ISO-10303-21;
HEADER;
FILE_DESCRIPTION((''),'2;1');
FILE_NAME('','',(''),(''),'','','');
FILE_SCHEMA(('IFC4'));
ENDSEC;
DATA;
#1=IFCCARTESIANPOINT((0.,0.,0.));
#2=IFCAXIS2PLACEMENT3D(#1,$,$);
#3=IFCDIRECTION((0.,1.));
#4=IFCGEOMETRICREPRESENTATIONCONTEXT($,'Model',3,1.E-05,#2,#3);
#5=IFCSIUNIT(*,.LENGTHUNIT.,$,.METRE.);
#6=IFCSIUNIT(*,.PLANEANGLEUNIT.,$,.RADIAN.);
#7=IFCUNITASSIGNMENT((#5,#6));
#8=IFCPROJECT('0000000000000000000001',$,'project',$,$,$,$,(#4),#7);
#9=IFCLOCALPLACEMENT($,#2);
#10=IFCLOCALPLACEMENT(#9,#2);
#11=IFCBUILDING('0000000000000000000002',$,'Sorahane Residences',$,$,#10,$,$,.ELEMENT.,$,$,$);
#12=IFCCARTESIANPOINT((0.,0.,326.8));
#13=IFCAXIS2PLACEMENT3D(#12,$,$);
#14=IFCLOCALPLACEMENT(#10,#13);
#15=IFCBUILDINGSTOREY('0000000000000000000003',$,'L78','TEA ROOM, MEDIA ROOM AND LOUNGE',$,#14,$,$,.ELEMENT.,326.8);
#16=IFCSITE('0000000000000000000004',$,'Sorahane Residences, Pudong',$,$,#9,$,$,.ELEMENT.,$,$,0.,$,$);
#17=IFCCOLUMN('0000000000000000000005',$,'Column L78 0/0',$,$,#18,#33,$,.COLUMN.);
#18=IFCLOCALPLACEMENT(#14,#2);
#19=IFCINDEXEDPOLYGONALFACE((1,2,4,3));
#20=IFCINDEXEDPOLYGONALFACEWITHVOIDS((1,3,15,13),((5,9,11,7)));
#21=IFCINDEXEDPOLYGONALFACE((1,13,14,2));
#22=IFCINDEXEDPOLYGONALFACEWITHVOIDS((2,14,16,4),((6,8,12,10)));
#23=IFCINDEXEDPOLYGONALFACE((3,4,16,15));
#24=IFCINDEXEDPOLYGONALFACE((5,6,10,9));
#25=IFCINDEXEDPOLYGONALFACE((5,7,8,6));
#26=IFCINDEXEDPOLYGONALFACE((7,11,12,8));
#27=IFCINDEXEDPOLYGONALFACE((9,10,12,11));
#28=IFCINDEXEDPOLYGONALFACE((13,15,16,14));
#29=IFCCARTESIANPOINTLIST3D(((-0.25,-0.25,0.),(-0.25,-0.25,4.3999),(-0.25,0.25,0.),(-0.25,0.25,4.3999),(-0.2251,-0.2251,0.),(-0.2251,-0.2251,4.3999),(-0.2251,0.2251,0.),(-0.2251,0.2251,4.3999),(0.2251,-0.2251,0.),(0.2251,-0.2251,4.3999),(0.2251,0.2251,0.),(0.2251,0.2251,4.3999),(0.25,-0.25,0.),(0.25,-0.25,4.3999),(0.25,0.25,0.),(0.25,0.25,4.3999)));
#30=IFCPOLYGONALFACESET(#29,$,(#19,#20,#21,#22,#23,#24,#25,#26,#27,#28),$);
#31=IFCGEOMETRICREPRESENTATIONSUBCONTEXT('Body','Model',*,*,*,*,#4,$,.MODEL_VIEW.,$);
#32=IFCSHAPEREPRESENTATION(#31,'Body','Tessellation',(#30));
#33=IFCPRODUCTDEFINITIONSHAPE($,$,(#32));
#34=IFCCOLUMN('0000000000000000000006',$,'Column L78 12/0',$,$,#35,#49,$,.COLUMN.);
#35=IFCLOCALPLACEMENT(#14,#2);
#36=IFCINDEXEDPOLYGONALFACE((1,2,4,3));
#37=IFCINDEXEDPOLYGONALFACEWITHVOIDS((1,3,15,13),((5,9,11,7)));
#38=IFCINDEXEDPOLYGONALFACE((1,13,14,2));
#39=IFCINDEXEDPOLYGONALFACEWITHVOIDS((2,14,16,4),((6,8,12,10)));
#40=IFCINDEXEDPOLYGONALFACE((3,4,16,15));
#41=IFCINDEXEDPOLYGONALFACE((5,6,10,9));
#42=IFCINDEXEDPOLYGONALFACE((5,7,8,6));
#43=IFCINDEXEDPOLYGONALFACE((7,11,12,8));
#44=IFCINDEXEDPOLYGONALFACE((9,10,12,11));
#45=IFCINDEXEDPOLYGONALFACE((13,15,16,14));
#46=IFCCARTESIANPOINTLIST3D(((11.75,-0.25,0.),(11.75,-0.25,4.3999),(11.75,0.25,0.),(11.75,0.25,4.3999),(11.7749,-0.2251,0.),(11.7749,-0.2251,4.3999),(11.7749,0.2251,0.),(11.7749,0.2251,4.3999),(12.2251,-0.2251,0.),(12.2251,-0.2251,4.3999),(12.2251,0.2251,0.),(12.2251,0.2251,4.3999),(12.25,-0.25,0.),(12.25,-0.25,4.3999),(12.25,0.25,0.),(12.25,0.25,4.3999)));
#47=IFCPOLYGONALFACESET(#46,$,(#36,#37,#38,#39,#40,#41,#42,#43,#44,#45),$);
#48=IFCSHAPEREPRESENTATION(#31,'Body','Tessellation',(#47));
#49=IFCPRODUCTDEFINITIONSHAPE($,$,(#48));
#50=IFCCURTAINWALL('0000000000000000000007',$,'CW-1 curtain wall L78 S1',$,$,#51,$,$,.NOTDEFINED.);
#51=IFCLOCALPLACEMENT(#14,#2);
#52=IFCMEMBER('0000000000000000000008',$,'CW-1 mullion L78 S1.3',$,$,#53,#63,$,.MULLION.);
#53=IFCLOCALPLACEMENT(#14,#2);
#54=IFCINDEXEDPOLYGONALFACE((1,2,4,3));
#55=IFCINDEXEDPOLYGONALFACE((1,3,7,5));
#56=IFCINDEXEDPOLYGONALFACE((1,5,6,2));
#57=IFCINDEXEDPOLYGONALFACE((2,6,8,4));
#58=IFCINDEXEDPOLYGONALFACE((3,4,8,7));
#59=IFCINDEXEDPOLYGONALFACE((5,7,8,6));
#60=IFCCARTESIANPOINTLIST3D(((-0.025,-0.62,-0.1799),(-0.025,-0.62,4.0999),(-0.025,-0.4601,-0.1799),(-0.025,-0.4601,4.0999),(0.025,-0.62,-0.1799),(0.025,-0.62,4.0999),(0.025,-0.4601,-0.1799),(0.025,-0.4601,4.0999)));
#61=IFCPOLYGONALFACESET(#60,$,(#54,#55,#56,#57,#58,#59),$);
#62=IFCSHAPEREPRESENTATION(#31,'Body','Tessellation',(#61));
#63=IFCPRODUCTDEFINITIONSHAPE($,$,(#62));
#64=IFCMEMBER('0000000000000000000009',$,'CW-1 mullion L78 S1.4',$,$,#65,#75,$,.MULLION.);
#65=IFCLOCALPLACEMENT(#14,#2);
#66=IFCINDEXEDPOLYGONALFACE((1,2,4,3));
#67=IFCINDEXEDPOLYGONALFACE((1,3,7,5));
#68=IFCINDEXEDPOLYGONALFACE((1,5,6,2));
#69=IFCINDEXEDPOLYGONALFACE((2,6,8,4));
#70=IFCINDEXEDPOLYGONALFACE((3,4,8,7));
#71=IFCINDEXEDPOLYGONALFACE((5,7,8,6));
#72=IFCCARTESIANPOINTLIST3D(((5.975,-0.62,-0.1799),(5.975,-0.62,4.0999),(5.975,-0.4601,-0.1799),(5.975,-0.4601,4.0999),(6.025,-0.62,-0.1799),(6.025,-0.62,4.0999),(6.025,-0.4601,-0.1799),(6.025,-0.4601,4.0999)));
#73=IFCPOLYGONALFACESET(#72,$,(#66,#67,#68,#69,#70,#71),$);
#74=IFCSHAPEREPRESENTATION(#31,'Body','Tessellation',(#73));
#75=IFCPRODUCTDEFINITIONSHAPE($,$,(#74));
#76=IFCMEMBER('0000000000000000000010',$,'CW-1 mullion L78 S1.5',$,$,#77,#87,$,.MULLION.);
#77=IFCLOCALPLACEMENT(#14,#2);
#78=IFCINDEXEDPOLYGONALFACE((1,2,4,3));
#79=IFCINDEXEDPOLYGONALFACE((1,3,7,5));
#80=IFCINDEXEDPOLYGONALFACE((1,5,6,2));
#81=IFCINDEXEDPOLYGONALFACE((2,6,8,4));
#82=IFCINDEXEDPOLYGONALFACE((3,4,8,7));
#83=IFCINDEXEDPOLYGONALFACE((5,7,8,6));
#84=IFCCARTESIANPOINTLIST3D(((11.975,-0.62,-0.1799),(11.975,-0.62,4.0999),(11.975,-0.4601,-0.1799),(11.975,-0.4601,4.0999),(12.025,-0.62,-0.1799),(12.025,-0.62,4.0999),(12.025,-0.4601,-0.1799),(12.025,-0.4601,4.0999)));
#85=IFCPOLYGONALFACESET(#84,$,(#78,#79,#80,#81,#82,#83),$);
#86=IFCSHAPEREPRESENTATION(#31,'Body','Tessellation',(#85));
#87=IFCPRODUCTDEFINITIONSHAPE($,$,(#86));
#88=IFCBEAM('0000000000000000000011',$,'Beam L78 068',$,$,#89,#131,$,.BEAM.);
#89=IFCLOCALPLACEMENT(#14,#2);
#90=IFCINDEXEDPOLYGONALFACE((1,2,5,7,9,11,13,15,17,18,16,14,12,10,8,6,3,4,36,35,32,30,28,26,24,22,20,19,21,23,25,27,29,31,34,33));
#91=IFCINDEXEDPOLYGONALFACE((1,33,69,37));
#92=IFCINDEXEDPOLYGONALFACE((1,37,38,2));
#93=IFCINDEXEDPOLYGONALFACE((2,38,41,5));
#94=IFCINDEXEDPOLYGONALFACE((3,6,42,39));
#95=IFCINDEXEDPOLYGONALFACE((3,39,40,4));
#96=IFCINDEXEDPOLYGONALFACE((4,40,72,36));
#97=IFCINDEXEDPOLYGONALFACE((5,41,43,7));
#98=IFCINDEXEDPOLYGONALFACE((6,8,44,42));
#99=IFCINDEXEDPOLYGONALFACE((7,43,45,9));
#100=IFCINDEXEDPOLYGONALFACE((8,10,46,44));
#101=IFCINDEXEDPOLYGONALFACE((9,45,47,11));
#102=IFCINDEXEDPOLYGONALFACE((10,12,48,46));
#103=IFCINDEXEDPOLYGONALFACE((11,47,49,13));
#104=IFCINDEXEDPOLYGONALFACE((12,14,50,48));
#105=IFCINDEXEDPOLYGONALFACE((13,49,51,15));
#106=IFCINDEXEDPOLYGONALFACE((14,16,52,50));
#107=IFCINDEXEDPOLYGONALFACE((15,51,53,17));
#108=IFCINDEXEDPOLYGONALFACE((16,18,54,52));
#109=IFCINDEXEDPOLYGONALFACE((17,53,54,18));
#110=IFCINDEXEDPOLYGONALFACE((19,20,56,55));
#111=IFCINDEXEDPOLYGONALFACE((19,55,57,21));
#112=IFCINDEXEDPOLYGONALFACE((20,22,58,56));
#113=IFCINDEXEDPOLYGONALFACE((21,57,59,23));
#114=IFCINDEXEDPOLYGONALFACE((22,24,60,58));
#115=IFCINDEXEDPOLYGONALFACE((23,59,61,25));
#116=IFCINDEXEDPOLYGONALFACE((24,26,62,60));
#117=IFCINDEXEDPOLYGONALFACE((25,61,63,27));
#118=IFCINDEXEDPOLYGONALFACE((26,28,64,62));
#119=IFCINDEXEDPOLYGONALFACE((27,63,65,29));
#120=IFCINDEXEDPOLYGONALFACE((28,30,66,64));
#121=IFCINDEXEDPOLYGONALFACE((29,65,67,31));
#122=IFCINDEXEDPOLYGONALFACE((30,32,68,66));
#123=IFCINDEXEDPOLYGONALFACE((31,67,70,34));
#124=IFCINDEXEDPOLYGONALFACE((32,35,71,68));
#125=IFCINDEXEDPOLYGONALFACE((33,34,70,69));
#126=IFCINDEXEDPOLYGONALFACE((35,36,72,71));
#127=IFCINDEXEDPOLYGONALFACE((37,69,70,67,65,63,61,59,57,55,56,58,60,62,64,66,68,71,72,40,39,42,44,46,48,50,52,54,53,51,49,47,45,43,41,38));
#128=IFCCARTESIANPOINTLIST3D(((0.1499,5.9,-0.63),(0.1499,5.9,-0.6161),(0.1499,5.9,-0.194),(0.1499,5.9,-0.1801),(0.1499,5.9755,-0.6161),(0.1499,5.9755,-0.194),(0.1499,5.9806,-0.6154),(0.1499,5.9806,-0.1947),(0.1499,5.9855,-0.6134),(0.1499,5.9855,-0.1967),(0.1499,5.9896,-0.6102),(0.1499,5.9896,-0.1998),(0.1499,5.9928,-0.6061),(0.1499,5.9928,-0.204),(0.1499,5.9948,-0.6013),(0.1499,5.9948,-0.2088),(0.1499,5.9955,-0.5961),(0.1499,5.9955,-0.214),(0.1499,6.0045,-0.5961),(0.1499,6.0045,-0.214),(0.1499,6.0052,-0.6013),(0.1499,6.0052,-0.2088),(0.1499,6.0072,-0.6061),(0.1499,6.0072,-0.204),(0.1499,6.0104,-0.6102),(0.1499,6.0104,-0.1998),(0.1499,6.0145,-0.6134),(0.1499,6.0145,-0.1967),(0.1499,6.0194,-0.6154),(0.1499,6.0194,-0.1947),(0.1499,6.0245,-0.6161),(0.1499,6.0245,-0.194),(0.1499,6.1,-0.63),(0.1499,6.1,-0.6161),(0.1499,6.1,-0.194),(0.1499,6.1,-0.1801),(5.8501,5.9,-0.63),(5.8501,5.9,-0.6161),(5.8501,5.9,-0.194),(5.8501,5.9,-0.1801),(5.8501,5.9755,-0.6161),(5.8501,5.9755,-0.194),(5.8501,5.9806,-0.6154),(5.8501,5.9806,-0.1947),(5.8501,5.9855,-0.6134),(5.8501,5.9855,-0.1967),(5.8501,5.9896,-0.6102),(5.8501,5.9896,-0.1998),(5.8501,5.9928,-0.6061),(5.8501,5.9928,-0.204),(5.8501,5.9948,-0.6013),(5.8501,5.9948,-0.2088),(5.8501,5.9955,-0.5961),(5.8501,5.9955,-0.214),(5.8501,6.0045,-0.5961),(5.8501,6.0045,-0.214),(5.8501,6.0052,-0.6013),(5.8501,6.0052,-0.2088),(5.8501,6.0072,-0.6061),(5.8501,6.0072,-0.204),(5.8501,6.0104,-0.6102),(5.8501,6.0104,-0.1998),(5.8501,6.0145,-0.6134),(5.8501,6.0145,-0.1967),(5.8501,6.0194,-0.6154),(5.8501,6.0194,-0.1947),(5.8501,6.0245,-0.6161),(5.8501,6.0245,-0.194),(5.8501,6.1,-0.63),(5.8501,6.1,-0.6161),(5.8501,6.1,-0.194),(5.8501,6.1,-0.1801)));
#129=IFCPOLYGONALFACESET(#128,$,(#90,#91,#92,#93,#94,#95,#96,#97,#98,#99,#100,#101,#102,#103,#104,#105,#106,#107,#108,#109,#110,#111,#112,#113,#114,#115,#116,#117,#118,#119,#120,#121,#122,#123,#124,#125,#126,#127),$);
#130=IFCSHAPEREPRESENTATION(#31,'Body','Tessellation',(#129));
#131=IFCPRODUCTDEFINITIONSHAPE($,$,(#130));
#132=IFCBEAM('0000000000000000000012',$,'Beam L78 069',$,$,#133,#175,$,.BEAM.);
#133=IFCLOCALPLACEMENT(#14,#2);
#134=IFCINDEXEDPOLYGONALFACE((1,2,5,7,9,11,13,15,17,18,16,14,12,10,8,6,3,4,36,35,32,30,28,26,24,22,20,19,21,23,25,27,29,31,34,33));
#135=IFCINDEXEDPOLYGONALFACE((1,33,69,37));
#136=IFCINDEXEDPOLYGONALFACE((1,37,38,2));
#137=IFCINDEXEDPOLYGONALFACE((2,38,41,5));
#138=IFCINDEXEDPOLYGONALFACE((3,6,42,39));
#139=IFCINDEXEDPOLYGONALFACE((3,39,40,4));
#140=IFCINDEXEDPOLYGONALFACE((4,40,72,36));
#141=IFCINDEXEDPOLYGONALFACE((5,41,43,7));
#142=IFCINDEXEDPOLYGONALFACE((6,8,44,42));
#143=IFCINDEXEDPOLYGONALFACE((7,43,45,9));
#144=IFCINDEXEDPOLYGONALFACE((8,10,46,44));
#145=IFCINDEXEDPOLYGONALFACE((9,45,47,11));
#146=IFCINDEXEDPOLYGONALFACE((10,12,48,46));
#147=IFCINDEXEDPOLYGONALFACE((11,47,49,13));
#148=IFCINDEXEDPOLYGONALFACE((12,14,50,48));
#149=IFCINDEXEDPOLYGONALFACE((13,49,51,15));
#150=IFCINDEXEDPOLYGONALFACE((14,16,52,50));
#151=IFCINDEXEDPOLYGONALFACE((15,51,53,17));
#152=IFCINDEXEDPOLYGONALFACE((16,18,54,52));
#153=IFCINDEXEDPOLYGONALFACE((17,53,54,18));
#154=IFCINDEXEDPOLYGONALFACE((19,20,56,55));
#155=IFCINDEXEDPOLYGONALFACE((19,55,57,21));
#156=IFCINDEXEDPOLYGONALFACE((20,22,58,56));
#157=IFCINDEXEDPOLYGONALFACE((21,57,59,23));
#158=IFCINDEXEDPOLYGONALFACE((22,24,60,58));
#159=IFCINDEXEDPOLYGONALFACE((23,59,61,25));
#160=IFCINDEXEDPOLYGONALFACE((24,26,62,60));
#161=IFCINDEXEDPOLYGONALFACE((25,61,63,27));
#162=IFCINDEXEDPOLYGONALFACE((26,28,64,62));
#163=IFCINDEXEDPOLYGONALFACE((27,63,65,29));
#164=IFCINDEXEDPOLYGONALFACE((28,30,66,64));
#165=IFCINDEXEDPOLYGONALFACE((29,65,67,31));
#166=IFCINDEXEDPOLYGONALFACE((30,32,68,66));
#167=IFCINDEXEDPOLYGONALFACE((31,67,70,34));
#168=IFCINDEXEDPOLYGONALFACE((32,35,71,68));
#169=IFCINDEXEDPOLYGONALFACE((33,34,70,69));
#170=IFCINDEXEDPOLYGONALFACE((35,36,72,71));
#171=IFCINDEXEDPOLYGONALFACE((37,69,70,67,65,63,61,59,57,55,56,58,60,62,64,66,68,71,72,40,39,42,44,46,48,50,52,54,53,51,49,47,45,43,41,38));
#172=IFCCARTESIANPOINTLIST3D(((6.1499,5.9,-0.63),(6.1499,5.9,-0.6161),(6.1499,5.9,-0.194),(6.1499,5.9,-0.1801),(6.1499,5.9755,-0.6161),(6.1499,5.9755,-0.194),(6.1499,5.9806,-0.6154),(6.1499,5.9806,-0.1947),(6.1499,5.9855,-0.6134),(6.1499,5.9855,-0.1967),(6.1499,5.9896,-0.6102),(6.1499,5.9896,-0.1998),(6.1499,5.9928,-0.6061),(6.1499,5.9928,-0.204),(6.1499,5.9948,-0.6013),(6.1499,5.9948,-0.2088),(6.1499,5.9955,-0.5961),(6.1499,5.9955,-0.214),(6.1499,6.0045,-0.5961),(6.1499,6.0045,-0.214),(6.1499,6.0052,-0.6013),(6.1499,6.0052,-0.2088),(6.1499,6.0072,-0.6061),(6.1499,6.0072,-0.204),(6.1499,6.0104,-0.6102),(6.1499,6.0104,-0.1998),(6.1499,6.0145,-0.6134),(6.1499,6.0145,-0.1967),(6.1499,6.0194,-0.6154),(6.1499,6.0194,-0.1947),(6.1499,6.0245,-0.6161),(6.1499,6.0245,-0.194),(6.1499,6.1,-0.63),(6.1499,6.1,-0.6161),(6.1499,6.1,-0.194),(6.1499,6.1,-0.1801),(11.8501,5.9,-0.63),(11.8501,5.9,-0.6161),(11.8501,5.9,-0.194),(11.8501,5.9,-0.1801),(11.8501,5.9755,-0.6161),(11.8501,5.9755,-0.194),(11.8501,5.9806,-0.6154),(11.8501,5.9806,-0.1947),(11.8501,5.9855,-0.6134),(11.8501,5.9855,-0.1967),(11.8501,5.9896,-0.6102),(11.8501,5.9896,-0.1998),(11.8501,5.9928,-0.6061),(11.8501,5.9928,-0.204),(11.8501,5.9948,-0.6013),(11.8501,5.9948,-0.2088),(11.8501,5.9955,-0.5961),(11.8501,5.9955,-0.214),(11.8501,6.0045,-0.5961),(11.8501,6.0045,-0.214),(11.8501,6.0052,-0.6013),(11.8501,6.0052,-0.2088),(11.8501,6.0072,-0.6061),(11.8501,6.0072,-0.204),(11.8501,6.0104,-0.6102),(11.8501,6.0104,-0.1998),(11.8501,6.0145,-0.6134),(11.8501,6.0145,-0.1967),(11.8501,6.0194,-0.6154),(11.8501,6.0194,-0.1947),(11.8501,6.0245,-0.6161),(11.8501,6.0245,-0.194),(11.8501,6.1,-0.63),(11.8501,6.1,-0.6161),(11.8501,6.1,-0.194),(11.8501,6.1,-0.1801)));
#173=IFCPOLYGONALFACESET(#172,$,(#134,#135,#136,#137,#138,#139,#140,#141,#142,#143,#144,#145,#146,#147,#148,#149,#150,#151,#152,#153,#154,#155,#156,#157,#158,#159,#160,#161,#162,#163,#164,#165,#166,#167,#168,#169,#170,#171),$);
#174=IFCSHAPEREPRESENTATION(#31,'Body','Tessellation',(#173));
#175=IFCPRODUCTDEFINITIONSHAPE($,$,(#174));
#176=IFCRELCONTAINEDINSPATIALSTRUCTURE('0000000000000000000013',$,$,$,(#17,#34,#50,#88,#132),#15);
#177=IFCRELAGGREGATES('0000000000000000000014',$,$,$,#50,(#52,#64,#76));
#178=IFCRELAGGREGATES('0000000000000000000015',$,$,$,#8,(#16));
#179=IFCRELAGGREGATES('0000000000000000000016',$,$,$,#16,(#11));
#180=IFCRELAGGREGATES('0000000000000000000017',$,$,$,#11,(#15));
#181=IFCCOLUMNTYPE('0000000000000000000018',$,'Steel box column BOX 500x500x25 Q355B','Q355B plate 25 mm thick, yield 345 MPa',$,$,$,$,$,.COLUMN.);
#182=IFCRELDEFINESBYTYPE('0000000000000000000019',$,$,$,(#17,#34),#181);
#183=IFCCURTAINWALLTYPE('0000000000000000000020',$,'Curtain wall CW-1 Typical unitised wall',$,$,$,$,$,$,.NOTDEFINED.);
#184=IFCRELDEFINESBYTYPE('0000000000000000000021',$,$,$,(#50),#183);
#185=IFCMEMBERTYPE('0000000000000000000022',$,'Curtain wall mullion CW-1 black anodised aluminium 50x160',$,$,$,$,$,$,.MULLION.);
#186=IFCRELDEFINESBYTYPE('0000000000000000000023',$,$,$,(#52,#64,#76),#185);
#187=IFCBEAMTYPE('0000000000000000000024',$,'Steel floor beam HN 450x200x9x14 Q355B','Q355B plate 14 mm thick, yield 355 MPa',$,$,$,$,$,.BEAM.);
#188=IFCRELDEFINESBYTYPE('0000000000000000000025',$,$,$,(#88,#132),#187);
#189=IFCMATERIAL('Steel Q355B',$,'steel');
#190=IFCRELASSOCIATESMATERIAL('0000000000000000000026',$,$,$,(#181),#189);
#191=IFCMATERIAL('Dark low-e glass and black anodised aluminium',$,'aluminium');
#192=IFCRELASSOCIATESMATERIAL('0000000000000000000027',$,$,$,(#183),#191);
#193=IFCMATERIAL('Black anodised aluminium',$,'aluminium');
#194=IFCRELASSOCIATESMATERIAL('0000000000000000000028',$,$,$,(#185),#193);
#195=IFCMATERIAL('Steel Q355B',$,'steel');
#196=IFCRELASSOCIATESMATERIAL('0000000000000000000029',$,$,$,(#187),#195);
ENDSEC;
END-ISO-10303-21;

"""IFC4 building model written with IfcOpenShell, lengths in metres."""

from ifc_helpers import new_model, si_unit, direction, frame, origin, origin_2d, place, context, subcontext, project, spatial, rectangle, hollow_rectangle, i_section, extrude, material, material_profile, profile_set, type_object, element, aggregate, save


model = new_model("IFC4")

# Units and contexts
model_context = context("Model", 3, precision=1e-05, world=origin(), true_north=direction((0.0, 1.0)))
body_context = subcontext(model_context, "Body", "Model", "MODEL_VIEW")
ifc_project = project(units=[si_unit("LENGTHUNIT", "METRE"), si_unit("PLANEANGLEUNIT", "RADIAN")], contexts=[model_context])

# Site, building, storey
site_placement = place(None, origin())
site = spatial("IfcSite", under=ifc_project, at=site_placement, Name="Sorahane Residences, Pudong", CompositionType="ELEMENT", RefElevation=0.0)
building_placement = place(site_placement, origin())
building = spatial("IfcBuilding", under=site, at=building_placement, Name="Sorahane Residences", CompositionType="ELEMENT")
storey_placement = place(building_placement, frame((0.0, 0.0, 326.8)))
storey = spatial("IfcBuildingStorey", under=building, at=storey_placement, Name="L78", Description="TEA ROOM, MEDIA ROOM AND LOUNGE", CompositionType="ELEMENT", Elevation=326.8)

# Columns
ifc_material_1 = material(Name="Steel Q355B", Category="steel")
ifc_material_profile_1 = material_profile(ifc_material_1, hollow_rectangle(XDim=0.5, YDim=0.5, WallThickness=0.0249, at=origin_2d()), Name="BOX 500x500x25")
ifc_profile_set_1 = profile_set([ifc_material_profile_1], Name="Steel Q355B")
column_type = type_object("IfcColumnType", Name="Steel box column BOX 500x500x25 Q355B", Description="Q355B plate 25 mm thick, yield 345 MPa", PredefinedType="COLUMN", material=ifc_profile_set_1)
for number, where, z_axis, x_axis, name in (
    (1, (0.0, 0.0, 0.0), (0.0, 0.0, 1.0), (1.0, 0.0, 0.0), "Column L78 0/0"),
    (2, (12.0, 0.0, 0.0), (0.0, 0.0, 1.0), (1.0, 0.0, 0.0), "Column L78 12/0"),
):
    element("IfcColumn", number, at=place(storey_placement, frame(where, z_axis=z_axis, x_axis=x_axis)), inside=storey, type_object=column_type, Name=name, PredefinedType="COLUMN", context=body_context, shape_type="SweptSolid", body=[
        extrude(hollow_rectangle(XDim=0.5, YDim=0.5, WallThickness=0.0249, at=origin_2d()), origin(), (0.0, 0.0, 1.0), 4.3999),
    ])

# Curtain wall, members
ifc_material_2 = material(Name="Dark low-e glass and black anodised aluminium", Category="aluminium")
curtain_wall_type = type_object("IfcCurtainWallType", Name="Curtain wall CW-1 Typical unitised wall", PredefinedType="NOTDEFINED", material=ifc_material_2)
curtain_wall_placement = place(storey_placement, origin())
curtain_wall = element("IfcCurtainWall", 3, at=curtain_wall_placement, inside=storey, type_object=curtain_wall_type, Name="CW-1 curtain wall L78 S1", PredefinedType="NOTDEFINED")
ifc_material_3 = material(Name="Black anodised aluminium", Category="aluminium")
ifc_material_profile_2 = material_profile(ifc_material_3, rectangle(XDim=0.1599, YDim=0.05, at=origin_2d()), Name="Curtain wall mullion CW-1 black anodised aluminium 50x160")
ifc_profile_set_2 = profile_set([ifc_material_profile_2], Name="Black anodised aluminium")
member_type = type_object("IfcMemberType", Name="Curtain wall mullion CW-1 black anodised aluminium 50x160", PredefinedType="MULLION", material=ifc_profile_set_2)
member_1_placement = place(storey_placement, frame((0.0, -0.54, -0.1799), z_axis=(0.0, 0.0, 1.0), x_axis=(0.0, -1.0, 0.0)))
member_1 = element("IfcMember", 4, at=member_1_placement, type_object=member_type, Name="CW-1 mullion L78 S1.3", PredefinedType="MULLION", context=body_context, shape_type="SweptSolid", body=[
    extrude(rectangle(XDim=0.1599, YDim=0.05, at=origin_2d()), origin(), (0.0, 0.0, 1.0), 4.2798),
])
member_2_placement = place(storey_placement, frame((6.0, -0.54, -0.1799), z_axis=(0.0, 0.0, 1.0), x_axis=(0.0, -1.0, 0.0)))
member_2 = element("IfcMember", 5, at=member_2_placement, type_object=member_type, Name="CW-1 mullion L78 S1.4", PredefinedType="MULLION", context=body_context, shape_type="SweptSolid", body=[
    extrude(rectangle(XDim=0.1599, YDim=0.05, at=origin_2d()), origin(), (0.0, 0.0, 1.0), 4.2798),
])
member_3_placement = place(storey_placement, frame((12.0, -0.54, -0.1799), z_axis=(0.0, 0.0, 1.0), x_axis=(0.0, -1.0, 0.0)))
member_3 = element("IfcMember", 6, at=member_3_placement, type_object=member_type, Name="CW-1 mullion L78 S1.5", PredefinedType="MULLION", context=body_context, shape_type="SweptSolid", body=[
    extrude(rectangle(XDim=0.1599, YDim=0.05, at=origin_2d()), origin(), (0.0, 0.0, 1.0), 4.2798),
])

# Beams
ifc_material_4 = material(Name="Steel Q355B", Category="steel")
ifc_material_profile_3 = material_profile(ifc_material_4, i_section(OverallWidth=0.2, OverallDepth=0.45, WebThickness=0.009, FlangeThickness=0.0139, FilletRadius=0.02, at=origin_2d()), Name="HN 450x200x9x14")
ifc_profile_set_3 = profile_set([ifc_material_profile_3], Name="Steel Q355B")
beam_type_1 = type_object("IfcBeamType", Name="Steel floor beam HN 450x200x9x14 Q355B", Description="Q355B plate 14 mm thick, yield 355 MPa", PredefinedType="BEAM", material=ifc_profile_set_3)
for number, where, z_axis, x_axis, name in (
    (7, (0.1499, 6.0, -0.405), (1.0, 0.0, 0.0), (0.0, 1.0, 0.0), "Beam L78 068"),
    (8, (6.1499, 6.0, -0.405), (1.0, 0.0, 0.0), (0.0, 1.0, 0.0), "Beam L78 069"),
):
    element("IfcBeam", number, at=place(storey_placement, frame(where, z_axis=z_axis, x_axis=x_axis)), inside=storey, type_object=beam_type_1, Name=name, PredefinedType="BEAM", context=body_context, shape_type="SweptSolid", body=[
        extrude(i_section(OverallWidth=0.2, OverallDepth=0.45, WebThickness=0.009, FlangeThickness=0.0139, FilletRadius=0.02, at=origin_2d()), origin(), (0.0, 0.0, 1.0), 5.7002),
    ])

aggregate(curtain_wall, [member_1, member_2, member_3])

save(model, "model.ifc")
